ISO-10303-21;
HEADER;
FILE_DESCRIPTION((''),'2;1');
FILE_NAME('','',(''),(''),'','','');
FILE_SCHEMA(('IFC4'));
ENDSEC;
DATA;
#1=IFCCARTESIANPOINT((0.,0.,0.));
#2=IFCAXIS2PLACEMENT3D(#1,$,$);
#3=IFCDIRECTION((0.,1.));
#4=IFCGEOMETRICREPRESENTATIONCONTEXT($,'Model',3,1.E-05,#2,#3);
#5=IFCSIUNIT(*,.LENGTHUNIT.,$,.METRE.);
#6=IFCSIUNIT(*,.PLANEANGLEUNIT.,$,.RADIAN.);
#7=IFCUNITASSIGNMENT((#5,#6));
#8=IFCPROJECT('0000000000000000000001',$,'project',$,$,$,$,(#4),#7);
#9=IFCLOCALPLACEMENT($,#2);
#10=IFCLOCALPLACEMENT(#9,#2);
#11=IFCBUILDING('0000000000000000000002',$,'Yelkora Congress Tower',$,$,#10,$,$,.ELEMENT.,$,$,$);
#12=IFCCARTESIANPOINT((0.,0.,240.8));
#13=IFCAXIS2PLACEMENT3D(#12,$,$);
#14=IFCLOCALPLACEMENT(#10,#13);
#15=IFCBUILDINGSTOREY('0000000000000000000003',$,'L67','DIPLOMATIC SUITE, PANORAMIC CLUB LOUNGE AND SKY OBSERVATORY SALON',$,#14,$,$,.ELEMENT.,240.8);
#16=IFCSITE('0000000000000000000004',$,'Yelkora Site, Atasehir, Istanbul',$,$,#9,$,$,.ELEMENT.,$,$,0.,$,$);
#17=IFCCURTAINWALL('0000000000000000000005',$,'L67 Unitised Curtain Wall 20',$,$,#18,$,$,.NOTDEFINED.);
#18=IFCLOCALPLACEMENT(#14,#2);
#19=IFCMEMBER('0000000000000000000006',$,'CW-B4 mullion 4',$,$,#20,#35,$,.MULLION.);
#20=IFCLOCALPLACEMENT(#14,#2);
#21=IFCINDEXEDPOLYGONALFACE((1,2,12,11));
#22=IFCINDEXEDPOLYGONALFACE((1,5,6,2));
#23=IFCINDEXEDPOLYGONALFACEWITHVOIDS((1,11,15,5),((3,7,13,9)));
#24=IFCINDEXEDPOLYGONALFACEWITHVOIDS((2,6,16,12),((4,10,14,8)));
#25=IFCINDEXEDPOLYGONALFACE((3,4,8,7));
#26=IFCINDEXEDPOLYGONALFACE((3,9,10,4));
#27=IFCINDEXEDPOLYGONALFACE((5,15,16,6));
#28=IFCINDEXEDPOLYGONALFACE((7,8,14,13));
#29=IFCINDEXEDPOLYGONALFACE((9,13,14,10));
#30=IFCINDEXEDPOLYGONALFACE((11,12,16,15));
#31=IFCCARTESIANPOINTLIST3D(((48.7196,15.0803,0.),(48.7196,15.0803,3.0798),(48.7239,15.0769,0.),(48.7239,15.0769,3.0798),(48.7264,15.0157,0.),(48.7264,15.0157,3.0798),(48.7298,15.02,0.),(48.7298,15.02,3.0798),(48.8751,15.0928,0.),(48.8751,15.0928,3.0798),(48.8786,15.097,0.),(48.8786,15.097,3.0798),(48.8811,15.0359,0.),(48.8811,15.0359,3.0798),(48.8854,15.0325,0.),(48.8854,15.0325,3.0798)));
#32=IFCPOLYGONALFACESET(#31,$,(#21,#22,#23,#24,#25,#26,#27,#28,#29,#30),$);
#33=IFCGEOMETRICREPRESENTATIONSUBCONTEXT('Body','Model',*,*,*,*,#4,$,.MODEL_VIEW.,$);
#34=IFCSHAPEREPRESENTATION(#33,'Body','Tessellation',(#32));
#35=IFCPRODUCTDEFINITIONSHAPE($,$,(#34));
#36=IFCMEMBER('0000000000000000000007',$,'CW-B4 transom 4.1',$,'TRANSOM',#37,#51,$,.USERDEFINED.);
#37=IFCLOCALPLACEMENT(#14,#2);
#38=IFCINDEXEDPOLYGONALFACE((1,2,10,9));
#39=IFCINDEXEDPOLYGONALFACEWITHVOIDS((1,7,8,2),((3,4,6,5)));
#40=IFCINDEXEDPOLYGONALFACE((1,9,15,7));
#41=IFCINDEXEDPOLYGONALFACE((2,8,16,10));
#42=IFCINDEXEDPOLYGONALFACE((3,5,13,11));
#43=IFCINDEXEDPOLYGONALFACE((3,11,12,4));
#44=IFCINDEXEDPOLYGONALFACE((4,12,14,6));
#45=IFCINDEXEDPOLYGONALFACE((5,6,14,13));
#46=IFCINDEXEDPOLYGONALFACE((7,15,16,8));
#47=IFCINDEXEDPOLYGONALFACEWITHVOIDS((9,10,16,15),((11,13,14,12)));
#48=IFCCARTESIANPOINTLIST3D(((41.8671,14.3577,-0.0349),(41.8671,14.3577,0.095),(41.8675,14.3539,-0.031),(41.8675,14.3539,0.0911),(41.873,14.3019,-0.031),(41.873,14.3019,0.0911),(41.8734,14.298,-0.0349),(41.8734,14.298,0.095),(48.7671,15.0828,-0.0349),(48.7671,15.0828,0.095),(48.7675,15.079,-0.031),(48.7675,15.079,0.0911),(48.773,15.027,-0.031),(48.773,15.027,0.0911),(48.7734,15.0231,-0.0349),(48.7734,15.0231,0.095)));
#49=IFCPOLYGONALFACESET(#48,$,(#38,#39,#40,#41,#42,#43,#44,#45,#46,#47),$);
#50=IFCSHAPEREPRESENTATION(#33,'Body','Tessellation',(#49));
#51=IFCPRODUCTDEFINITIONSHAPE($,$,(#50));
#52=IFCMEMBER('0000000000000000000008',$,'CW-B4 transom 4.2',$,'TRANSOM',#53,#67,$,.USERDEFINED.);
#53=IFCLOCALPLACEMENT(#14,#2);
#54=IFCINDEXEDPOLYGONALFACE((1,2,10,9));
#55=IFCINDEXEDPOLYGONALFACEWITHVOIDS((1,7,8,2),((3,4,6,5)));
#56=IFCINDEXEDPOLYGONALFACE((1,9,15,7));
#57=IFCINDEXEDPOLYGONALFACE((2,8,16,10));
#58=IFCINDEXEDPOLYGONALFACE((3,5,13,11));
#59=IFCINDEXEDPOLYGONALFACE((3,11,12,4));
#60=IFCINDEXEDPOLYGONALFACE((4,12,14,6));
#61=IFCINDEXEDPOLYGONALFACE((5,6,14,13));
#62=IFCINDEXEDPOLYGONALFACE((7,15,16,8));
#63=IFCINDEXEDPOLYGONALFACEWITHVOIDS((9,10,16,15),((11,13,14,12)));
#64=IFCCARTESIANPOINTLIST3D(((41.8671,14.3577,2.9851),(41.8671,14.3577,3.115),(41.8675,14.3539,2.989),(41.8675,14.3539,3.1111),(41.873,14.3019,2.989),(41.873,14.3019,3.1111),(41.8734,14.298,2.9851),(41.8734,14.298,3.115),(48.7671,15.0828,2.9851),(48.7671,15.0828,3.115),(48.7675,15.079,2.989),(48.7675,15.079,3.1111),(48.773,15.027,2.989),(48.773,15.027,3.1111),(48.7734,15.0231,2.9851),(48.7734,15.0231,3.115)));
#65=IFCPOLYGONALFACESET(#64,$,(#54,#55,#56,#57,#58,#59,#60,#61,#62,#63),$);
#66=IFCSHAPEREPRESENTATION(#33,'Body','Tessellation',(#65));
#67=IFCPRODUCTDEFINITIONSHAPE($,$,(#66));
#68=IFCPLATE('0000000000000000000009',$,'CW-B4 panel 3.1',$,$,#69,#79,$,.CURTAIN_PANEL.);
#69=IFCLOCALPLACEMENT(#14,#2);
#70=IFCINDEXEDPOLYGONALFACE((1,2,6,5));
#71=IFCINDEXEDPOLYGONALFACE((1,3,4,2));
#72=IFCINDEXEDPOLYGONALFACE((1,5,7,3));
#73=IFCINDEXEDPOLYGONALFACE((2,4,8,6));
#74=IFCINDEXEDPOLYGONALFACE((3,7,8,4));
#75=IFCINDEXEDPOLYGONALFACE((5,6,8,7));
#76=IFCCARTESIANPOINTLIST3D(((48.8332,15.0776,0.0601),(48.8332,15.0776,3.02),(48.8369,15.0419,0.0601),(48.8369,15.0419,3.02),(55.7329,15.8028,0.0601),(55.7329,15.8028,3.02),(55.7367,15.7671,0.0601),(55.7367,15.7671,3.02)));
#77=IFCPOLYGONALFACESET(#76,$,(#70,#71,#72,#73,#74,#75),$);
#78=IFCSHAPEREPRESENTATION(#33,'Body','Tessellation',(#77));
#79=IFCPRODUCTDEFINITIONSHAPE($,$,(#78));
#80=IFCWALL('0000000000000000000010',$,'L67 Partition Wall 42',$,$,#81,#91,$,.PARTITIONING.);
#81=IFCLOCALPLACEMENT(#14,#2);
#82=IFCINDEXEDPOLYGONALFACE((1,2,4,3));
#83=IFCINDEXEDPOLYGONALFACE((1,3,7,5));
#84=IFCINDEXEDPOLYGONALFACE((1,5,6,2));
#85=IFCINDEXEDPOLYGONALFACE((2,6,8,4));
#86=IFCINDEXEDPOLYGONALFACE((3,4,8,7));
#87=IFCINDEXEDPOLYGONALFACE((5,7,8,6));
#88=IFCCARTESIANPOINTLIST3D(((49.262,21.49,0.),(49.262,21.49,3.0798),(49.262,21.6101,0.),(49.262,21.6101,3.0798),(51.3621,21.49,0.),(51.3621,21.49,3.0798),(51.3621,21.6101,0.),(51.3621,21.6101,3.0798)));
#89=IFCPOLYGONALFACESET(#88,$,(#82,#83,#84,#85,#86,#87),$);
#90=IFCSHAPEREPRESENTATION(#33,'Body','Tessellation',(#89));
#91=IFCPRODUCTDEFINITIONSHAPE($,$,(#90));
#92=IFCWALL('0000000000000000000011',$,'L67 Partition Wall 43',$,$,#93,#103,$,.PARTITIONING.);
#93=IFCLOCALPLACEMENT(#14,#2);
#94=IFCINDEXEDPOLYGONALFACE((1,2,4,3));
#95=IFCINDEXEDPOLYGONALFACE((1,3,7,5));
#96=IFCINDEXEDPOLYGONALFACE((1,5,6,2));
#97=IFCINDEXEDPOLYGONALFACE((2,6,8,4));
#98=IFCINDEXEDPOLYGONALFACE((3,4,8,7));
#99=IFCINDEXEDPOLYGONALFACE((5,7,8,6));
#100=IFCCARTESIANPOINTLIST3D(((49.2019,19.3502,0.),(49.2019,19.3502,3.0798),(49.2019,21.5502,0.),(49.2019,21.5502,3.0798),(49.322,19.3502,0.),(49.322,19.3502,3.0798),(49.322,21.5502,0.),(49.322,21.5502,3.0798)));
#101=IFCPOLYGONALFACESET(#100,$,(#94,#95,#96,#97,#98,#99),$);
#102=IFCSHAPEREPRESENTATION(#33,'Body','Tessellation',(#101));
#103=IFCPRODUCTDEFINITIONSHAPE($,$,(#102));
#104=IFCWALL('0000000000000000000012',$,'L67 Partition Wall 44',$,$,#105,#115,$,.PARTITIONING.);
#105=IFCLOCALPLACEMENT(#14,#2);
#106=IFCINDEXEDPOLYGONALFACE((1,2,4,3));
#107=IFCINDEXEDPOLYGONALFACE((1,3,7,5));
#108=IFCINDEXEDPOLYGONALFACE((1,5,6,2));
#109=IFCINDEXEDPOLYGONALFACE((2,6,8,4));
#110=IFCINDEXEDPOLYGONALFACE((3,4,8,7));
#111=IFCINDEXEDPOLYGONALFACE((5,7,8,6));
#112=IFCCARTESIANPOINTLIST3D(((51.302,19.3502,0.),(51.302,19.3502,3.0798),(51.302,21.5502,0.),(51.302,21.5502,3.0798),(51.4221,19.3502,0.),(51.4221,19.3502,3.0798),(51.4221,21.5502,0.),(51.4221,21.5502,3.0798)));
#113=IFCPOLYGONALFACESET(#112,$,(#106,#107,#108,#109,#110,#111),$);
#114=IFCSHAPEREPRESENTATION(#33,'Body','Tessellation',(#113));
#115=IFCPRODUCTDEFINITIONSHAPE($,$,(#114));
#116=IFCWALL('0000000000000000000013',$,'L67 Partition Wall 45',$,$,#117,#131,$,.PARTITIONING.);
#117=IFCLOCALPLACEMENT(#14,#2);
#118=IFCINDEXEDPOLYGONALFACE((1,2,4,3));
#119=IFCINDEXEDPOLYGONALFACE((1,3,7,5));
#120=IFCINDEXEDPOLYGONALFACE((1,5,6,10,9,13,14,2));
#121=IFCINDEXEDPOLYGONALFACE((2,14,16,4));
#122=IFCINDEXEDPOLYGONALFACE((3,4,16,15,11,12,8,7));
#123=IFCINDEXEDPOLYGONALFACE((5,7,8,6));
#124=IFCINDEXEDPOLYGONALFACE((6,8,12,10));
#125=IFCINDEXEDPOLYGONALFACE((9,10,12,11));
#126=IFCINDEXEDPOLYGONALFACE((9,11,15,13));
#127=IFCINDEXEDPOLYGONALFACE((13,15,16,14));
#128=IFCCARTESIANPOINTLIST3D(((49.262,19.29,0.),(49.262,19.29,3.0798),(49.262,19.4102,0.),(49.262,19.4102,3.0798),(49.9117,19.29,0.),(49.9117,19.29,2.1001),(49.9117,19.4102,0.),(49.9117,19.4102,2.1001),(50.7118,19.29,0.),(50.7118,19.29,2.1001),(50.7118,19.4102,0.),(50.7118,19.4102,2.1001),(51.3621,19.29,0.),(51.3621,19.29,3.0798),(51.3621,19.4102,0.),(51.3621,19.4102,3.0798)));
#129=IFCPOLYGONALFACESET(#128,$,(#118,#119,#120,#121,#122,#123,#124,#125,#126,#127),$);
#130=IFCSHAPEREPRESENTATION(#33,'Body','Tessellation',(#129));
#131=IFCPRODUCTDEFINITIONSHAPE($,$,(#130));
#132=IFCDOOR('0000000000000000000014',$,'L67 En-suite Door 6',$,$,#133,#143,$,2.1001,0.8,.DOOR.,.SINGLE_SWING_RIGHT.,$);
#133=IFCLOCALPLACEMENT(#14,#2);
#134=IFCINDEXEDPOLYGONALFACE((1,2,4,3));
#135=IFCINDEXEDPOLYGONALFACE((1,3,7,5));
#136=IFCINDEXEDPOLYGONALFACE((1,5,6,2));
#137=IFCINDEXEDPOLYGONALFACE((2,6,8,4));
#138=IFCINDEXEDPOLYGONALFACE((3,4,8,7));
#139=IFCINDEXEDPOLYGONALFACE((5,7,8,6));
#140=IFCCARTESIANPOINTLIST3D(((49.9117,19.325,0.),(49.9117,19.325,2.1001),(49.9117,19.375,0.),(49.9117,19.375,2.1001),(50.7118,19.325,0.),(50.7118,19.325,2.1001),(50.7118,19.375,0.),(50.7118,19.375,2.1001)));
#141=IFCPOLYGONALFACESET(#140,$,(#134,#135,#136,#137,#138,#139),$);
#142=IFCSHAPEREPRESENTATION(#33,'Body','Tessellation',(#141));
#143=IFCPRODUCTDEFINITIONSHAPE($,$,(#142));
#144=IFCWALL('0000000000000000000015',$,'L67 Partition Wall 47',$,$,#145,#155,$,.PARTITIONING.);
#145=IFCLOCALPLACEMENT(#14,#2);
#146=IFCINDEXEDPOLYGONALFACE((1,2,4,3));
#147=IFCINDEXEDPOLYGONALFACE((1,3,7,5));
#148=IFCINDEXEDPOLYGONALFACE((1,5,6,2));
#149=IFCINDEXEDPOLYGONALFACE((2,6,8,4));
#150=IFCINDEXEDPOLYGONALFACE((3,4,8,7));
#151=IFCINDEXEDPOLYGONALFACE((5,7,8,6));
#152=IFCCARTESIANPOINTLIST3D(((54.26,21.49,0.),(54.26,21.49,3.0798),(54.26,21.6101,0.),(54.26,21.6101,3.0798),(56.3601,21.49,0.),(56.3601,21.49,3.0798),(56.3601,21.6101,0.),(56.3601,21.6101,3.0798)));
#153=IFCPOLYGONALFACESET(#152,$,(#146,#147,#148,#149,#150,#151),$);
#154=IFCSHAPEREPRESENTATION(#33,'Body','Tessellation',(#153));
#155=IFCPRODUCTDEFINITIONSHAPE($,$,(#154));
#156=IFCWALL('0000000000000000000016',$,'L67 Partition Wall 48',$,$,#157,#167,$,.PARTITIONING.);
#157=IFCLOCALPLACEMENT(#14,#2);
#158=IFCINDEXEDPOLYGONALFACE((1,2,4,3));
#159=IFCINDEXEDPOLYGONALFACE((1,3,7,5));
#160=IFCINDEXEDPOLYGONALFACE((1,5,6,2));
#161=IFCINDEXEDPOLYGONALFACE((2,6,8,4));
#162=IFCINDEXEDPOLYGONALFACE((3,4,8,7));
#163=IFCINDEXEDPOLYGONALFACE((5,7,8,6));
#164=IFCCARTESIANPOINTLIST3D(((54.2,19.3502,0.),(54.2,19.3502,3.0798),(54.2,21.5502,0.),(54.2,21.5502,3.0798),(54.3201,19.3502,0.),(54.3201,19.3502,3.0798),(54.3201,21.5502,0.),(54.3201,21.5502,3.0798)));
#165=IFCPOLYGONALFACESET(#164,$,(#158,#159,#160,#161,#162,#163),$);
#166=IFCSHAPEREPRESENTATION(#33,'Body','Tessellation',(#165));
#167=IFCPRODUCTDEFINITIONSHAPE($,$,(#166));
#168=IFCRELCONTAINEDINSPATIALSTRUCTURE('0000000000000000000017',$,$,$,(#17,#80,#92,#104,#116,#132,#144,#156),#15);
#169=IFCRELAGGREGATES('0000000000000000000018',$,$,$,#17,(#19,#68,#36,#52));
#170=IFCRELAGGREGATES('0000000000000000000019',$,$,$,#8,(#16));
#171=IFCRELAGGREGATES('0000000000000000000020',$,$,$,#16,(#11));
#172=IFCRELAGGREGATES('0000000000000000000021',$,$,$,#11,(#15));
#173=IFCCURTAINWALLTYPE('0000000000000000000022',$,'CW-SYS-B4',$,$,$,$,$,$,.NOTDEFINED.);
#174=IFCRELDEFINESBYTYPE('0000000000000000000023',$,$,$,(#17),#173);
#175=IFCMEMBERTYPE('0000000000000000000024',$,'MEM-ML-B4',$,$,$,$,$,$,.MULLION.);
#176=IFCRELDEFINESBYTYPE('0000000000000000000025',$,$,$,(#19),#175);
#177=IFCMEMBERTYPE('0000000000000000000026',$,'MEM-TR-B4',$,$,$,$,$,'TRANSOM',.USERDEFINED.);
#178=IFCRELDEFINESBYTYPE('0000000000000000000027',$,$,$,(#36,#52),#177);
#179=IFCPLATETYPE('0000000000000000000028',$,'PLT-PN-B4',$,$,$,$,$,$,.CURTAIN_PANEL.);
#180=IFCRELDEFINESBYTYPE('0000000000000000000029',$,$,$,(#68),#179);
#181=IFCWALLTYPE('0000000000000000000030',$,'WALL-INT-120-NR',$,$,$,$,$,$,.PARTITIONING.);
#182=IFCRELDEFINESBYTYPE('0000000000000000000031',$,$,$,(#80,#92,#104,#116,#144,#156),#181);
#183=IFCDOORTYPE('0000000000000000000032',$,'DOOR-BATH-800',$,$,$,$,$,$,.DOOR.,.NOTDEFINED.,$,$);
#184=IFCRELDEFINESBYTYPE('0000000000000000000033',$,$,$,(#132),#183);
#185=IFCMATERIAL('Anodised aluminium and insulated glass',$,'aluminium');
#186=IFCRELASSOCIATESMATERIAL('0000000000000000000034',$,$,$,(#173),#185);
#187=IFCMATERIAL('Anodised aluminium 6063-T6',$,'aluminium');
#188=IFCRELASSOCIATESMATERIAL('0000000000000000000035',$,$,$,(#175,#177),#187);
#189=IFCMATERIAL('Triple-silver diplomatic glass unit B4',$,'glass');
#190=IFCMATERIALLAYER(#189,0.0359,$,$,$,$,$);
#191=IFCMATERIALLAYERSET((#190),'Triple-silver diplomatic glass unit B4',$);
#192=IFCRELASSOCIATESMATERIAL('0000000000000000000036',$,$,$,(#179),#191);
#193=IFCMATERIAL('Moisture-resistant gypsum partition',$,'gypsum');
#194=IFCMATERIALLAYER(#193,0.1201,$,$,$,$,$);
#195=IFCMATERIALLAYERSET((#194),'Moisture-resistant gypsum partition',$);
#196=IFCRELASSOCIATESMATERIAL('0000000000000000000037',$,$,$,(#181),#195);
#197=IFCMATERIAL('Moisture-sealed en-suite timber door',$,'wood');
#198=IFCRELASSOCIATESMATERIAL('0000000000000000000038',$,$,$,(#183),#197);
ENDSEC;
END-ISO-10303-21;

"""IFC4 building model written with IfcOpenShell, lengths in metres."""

from ifc_helpers import new_model, si_unit, direction, frame, frame_2d, origin, origin_2d, place, context, subcontext, project, spatial, rectangle, hollow_rectangle, extrude, material, layer, layer_set, material_profile, profile_set, type_object, element, fill, aggregate, save


model = new_model("IFC4")

# Units and contexts
model_context = context("Model", 3, precision=1e-05, world=origin(), true_north=direction((0.0, 1.0)))
body_context = subcontext(model_context, "Body", "Model", "MODEL_VIEW")
ifc_project = project(units=[si_unit("LENGTHUNIT", "METRE"), si_unit("PLANEANGLEUNIT", "RADIAN")], contexts=[model_context])

# Site, building, storey
site_placement = place(None, origin())
site = spatial("IfcSite", under=ifc_project, at=site_placement, Name="Yelkora Site, Atasehir, Istanbul", CompositionType="ELEMENT", RefElevation=0.0)
building_placement = place(site_placement, origin())
building = spatial("IfcBuilding", under=site, at=building_placement, Name="Yelkora Congress Tower", CompositionType="ELEMENT")
storey_placement = place(building_placement, frame((0.0, 0.0, 240.8)))
storey = spatial("IfcBuildingStorey", under=building, at=storey_placement, Name="L67", Description="DIPLOMATIC SUITE, PANORAMIC CLUB LOUNGE AND SKY OBSERVATORY SALON", CompositionType="ELEMENT", Elevation=240.8)

# Curtain wall, members, plate
ifc_material_1 = material(Name="Anodised aluminium and insulated glass", Category="aluminium")
curtain_wall_type = type_object("IfcCurtainWallType", Name="CW-SYS-B4", PredefinedType="NOTDEFINED", material=ifc_material_1)
curtain_wall_placement = place(storey_placement, origin())
curtain_wall = element("IfcCurtainWall", 1, at=curtain_wall_placement, inside=storey, type_object=curtain_wall_type, Name="L67 Unitised Curtain Wall 20", PredefinedType="NOTDEFINED")
ifc_material_2 = material(Name="Anodised aluminium 6063-T6", Category="aluminium")
ifc_material_profile_1 = material_profile(ifc_material_2, hollow_rectangle(XDim=0.0649, YDim=0.1599, WallThickness=0.0039, at=origin_2d()), Name="ALU 65x160x4")
ifc_profile_set_1 = profile_set([ifc_material_profile_1], Name="Anodised aluminium 6063-T6")
member_type_1 = type_object("IfcMemberType", Name="MEM-ML-B4", PredefinedType="MULLION", material=ifc_profile_set_1)
member_1_placement = place(storey_placement, frame((48.8025, 15.0564, 0.0), z_axis=(0.0, 0.0, 1.0), x_axis=(0.104527, -0.994522, 0.0)))
member_1 = element("IfcMember", 2, at=member_1_placement, type_object=member_type_1, Name="CW-B4 mullion 4", PredefinedType="MULLION", context=body_context, shape_type="SweptSolid", body=[
    extrude(hollow_rectangle(XDim=0.0649, YDim=0.1599, WallThickness=0.0039, at=origin_2d()), origin(), (0.0, 0.0, 1.0), 3.0798),
])
ifc_material_profile_2 = material_profile(ifc_material_2, hollow_rectangle(XDim=0.0601, YDim=0.1299, WallThickness=0.0039, at=origin_2d()), Name="ALU 60x130x4")
ifc_profile_set_2 = profile_set([ifc_material_profile_2], Name="Anodised aluminium 6063-T6")
member_type_2 = type_object("IfcMemberType", Name="MEM-TR-B4", ElementType="TRANSOM", PredefinedType="USERDEFINED", material=ifc_profile_set_2)
member_2_placement = place(storey_placement, frame((48.7703, 15.053, 0.03), z_axis=(-0.994524, -0.104513, 0.0), x_axis=(0.104513, -0.994524, 0.0)))
member_2 = element("IfcMember", 3, at=member_2_placement, type_object=member_type_2, Name="CW-B4 transom 4.1", ObjectType="TRANSOM", PredefinedType="USERDEFINED", context=body_context, shape_type="SweptSolid", body=[
    extrude(hollow_rectangle(XDim=0.0601, YDim=0.1299, WallThickness=0.0039, at=origin_2d()), origin(), (0.0, 0.0, 1.0), 6.938),
])
member_3_placement = place(storey_placement, frame((48.7703, 15.053, 3.05), z_axis=(-0.994524, -0.104513, 0.0), x_axis=(0.104513, -0.994524, 0.0)))
member_3 = element("IfcMember", 4, at=member_3_placement, type_object=member_type_2, Name="CW-B4 transom 4.2", ObjectType="TRANSOM", PredefinedType="USERDEFINED", context=body_context, shape_type="SweptSolid", body=[
    extrude(hollow_rectangle(XDim=0.0601, YDim=0.1299, WallThickness=0.0039, at=origin_2d()), origin(), (0.0, 0.0, 1.0), 6.938),
])
ifc_material_3 = material(Name="Triple-silver diplomatic glass unit B4", Category="glass")
ifc_layer_1 = layer(ifc_material_3, 0.0359)
ifc_layer_set_1 = layer_set([ifc_layer_1], Name="Triple-silver diplomatic glass unit B4")
plate_type = type_object("IfcPlateType", Name="PLT-PN-B4", PredefinedType="CURTAIN_PANEL", material=ifc_layer_set_1)
plate_placement = place(storey_placement, frame((52.2849, 15.4224, 0.0601), z_axis=(0.0, 0.0, 1.0), x_axis=(-0.994522, -0.104527, 0.0)))
plate = element("IfcPlate", 5, at=plate_placement, type_object=plate_type, Name="CW-B4 panel 3.1", PredefinedType="CURTAIN_PANEL", context=body_context, shape_type="SweptSolid", body=[
    extrude(rectangle(XDim=6.9377, YDim=0.0359, at=origin_2d()), origin(), (0.0, 0.0, 1.0), 2.96),
])
aggregate(curtain_wall, [member_1, plate, member_2, member_3])

# Walls
ifc_material_4 = material(Name="Moisture-resistant gypsum partition", Category="gypsum")
ifc_layer_2 = layer(ifc_material_4, 0.1201)
ifc_layer_set_2 = layer_set([ifc_layer_2], Name="Moisture-resistant gypsum partition")
wall_type_1 = type_object("IfcWallType", Name="WALL-INT-120-NR", PredefinedType="PARTITIONING", material=ifc_layer_set_2)
wall_1_placement = place(storey_placement, frame((49.262, 21.55, 0.0), z_axis=(0.0, 0.0, 1.0), x_axis=(1.0, 0.0, 0.0)))
element("IfcWall", 6, at=wall_1_placement, inside=storey, type_object=wall_type_1, Name="L67 Partition Wall 42", PredefinedType="PARTITIONING", context=body_context, shape_type="SweptSolid", body=[
    extrude(rectangle(XDim=2.1001, YDim=0.1201, at=frame_2d((1.05, 0.0))), origin(), (0.0, 0.0, 1.0), 3.0798),
])
for number, where, z_axis, x_axis, name in (
    (7, (49.262, 19.3501, 0.0), (0.0, 0.0, 1.0), (0.0, 1.0, 0.0), "L67 Partition Wall 43"),
    (8, (51.3621, 19.3501, 0.0), (0.0, 0.0, 1.0), (0.0, 1.0, 0.0), "L67 Partition Wall 44"),
):
    element("IfcWall", number, at=place(storey_placement, frame(where, z_axis=z_axis, x_axis=x_axis)), inside=storey, type_object=wall_type_1, Name=name, PredefinedType="PARTITIONING", context=body_context, shape_type="SweptSolid", body=[
        extrude(rectangle(XDim=2.2, YDim=0.1201, at=frame_2d((1.1001, 0.0))), origin(), (0.0, 0.0, 1.0), 3.0798),
    ])

# Wall, opening, door
wall_2_placement = place(storey_placement, frame((49.262, 19.3501, 0.0), z_axis=(0.0, 0.0, 1.0), x_axis=(1.0, 0.0, 0.0)))
wall_2 = element("IfcWall", 9, at=wall_2_placement, inside=storey, type_object=wall_type_1, Name="L67 Partition Wall 45", PredefinedType="PARTITIONING", context=body_context, shape_type="SweptSolid", body=[
    extrude(rectangle(XDim=2.1001, YDim=0.1201, at=frame_2d((1.05, 0.0))), origin(), (0.0, 0.0, 1.0), 3.0798),
])
opening_1_placement = place(wall_2_placement, frame((0.6499, 0.0, 0.0)))
opening_1 = element("IfcOpeningElement", 10, at=opening_1_placement, cuts=wall_2, PredefinedType="OPENING", context=body_context, shape_type="SweptSolid", body=[
    extrude(rectangle(XDim=0.8, YDim=2.1001, at=frame_2d((0.3999, 1.05))), frame((0.0, 0.0701, 0.0), z_axis=(0.0, -1.0, 0.0), x_axis=(1.0, 0.0, 0.0)), (0.0, 0.0, 1.0), 0.1401),
])
ifc_material_5 = material(Name="Moisture-sealed en-suite timber door", Category="wood")
door_type_1 = type_object("IfcDoorType", Name="DOOR-BATH-800", OperationType="NOTDEFINED", PredefinedType="DOOR", material=ifc_material_5)
door_1_placement = place(opening_1_placement, origin())
door_1 = element("IfcDoor", 11, at=door_1_placement, inside=storey, type_object=door_type_1, Name="L67 En-suite Door 6", OperationType="SINGLE_SWING_RIGHT", OverallHeight=2.1001, OverallWidth=0.8, PredefinedType="DOOR", context=body_context, shape_type="SweptSolid", body=[
    extrude(rectangle(XDim=0.8, YDim=2.1001, at=frame_2d((0.3999, 1.05))), frame((0.0, 0.0249, 0.0), z_axis=(0.0, -1.0, 0.0), x_axis=(1.0, 0.0, 0.0)), (0.0, 0.0, 1.0), 0.05),
])
fill(opening_1, door_1)

# Walls
wall_3_placement = place(storey_placement, frame((54.26, 21.55, 0.0), z_axis=(0.0, 0.0, 1.0), x_axis=(1.0, 0.0, 0.0)))
element("IfcWall", 12, at=wall_3_placement, inside=storey, type_object=wall_type_1, Name="L67 Partition Wall 47", PredefinedType="PARTITIONING", context=body_context, shape_type="SweptSolid", body=[
    extrude(rectangle(XDim=2.1001, YDim=0.1201, at=frame_2d((1.05, 0.0))), origin(), (0.0, 0.0, 1.0), 3.0798),
])
wall_4_placement = place(storey_placement, frame((54.26, 19.3501, 0.0), z_axis=(0.0, 0.0, 1.0), x_axis=(0.0, 1.0, 0.0)))
element("IfcWall", 13, at=wall_4_placement, inside=storey, type_object=wall_type_1, Name="L67 Partition Wall 48", PredefinedType="PARTITIONING", context=body_context, shape_type="SweptSolid", body=[
    extrude(rectangle(XDim=2.2, YDim=0.1201, at=frame_2d((1.1001, 0.0))), origin(), (0.0, 0.0, 1.0), 3.0798),
])

save(model, "model.ifc")
